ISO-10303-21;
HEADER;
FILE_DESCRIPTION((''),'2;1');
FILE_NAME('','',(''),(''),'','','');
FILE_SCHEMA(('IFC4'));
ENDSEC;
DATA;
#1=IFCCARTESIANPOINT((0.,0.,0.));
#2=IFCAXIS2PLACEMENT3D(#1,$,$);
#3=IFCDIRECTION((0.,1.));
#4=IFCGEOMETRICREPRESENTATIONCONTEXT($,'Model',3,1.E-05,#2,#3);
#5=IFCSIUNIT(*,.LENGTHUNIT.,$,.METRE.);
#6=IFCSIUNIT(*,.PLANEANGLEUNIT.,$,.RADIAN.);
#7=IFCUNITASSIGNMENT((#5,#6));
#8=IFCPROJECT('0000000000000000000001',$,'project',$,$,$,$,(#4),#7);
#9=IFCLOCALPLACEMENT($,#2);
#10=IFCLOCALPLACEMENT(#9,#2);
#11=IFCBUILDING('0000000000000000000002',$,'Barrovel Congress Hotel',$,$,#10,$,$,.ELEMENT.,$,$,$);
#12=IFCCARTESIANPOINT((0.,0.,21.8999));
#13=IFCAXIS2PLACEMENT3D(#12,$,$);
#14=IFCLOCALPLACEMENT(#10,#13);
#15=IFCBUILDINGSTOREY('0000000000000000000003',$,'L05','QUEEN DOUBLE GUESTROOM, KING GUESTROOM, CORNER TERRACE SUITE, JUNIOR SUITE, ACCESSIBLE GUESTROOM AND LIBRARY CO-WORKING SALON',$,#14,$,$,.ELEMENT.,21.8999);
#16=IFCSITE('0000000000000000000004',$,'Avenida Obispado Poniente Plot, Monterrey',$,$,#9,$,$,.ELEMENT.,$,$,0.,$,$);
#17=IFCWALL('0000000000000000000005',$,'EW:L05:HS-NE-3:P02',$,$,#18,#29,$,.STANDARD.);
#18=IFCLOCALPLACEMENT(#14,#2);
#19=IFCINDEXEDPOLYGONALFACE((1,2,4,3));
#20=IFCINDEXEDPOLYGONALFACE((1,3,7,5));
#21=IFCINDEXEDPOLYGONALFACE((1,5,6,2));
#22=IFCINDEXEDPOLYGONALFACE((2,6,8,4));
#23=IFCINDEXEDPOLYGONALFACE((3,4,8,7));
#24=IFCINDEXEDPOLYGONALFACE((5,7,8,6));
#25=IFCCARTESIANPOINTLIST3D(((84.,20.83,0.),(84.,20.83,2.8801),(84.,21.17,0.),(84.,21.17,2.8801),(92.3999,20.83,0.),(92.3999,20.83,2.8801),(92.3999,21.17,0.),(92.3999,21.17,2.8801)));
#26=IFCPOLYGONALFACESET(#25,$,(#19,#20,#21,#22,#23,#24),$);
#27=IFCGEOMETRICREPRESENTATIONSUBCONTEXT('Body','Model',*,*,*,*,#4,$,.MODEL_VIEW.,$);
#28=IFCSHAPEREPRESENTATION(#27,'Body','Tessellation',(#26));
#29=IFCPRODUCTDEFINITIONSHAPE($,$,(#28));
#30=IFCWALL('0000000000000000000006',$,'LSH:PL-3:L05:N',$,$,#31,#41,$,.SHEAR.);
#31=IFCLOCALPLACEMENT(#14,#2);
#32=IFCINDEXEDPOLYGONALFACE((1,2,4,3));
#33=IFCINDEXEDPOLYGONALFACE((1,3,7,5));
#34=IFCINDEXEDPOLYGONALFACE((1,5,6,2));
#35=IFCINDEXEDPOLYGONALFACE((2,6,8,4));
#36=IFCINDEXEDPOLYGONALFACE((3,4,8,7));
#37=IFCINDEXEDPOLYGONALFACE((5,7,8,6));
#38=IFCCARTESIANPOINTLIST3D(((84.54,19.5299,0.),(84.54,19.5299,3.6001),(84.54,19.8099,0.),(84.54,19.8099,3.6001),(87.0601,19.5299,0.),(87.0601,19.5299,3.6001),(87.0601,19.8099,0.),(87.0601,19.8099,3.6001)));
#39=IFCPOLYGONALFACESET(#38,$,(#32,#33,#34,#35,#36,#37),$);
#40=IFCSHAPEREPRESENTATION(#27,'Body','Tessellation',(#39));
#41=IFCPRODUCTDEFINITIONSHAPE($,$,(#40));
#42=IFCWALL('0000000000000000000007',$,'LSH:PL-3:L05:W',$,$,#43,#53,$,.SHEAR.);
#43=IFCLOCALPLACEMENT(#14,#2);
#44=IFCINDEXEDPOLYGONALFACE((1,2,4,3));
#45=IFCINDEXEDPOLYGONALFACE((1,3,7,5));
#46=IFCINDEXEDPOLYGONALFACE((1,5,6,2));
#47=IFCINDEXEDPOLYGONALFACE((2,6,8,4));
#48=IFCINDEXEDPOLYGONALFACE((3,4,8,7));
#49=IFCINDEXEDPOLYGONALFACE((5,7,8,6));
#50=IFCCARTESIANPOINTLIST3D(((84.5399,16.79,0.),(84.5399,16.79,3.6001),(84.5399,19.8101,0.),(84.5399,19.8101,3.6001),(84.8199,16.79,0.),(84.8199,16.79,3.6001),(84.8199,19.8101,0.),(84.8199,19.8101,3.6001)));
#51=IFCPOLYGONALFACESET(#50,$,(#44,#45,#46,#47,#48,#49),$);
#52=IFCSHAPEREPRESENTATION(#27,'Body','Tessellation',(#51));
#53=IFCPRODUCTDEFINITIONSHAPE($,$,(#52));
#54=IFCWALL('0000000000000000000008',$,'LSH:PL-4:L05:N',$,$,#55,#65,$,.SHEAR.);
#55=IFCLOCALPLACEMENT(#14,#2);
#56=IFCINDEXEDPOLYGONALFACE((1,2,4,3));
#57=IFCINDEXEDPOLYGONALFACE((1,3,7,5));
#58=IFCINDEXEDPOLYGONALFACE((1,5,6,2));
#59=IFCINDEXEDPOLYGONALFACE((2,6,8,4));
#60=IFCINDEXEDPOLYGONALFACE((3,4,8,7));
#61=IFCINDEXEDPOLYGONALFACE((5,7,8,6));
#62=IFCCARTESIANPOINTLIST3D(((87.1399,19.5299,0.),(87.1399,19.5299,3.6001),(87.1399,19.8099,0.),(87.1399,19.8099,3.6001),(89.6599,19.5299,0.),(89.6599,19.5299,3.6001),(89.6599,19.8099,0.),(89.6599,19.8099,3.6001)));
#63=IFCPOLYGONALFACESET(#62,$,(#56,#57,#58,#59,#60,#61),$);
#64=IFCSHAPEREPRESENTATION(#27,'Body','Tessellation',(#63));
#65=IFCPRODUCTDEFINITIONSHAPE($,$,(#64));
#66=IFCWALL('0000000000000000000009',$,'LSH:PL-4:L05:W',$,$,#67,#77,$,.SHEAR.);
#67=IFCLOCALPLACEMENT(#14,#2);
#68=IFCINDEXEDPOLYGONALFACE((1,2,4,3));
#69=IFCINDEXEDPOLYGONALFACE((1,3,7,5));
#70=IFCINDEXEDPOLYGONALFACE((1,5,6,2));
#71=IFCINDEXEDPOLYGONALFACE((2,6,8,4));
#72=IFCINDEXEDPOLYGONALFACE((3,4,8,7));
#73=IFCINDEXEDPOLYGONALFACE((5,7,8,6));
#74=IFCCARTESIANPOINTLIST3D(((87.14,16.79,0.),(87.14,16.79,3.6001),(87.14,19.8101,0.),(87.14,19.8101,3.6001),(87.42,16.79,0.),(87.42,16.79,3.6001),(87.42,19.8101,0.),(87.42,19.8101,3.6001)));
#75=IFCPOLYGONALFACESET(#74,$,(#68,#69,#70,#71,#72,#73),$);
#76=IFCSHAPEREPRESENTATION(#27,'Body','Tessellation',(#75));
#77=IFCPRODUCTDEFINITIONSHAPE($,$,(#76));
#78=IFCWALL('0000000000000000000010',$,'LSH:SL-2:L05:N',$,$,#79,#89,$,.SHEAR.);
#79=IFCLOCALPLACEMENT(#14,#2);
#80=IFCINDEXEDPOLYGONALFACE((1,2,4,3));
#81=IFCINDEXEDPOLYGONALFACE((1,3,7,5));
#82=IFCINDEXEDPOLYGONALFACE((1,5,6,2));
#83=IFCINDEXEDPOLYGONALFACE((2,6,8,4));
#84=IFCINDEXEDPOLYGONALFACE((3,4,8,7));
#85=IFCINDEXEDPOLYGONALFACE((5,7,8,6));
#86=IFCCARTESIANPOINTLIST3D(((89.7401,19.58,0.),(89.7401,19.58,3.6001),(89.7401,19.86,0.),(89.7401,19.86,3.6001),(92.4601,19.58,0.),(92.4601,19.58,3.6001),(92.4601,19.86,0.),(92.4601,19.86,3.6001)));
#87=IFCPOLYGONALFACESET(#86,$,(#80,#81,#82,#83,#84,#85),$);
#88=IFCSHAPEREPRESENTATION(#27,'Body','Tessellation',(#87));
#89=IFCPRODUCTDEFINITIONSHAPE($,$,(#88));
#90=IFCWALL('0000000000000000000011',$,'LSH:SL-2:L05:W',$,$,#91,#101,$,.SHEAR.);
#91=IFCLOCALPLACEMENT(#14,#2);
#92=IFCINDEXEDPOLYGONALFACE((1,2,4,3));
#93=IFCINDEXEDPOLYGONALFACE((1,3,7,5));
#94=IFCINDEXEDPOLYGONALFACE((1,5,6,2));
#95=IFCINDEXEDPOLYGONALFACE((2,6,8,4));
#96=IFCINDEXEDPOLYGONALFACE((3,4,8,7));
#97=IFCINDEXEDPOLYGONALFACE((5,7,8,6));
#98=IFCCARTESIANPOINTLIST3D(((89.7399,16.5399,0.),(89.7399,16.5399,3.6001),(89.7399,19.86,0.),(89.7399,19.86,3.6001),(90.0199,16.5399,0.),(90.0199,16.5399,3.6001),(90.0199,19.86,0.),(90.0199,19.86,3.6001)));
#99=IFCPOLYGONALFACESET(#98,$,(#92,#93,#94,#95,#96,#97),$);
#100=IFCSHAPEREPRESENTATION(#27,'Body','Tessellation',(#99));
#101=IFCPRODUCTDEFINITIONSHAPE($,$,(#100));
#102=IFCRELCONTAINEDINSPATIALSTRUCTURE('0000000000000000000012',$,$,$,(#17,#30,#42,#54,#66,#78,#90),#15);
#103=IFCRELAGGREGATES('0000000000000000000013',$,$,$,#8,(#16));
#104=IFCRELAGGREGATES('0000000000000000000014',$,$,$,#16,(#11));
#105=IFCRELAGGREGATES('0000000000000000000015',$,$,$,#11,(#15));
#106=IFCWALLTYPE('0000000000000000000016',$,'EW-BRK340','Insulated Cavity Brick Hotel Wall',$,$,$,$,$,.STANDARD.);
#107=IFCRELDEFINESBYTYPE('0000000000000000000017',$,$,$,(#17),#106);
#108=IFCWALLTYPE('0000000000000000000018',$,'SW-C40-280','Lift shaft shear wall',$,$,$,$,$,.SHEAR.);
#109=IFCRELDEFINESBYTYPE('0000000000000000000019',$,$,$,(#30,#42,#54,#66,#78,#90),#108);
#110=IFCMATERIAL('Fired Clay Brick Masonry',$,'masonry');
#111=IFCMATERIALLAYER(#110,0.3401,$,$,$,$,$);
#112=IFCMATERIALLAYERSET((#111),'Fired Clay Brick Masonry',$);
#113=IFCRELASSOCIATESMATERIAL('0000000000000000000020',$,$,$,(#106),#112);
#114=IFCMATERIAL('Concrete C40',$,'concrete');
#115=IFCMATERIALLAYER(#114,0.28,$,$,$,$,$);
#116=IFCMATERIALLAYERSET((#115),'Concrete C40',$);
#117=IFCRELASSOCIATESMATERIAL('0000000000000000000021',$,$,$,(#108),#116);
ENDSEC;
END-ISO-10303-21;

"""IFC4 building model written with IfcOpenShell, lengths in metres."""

from ifc_helpers import new_model, si_unit, direction, frame, frame_2d, origin, place, context, subcontext, project, spatial, rectangle, extrude, material, layer, layer_set, type_object, element, save


model = new_model("IFC4")

# Units and contexts
model_context = context("Model", 3, precision=1e-05, world=origin(), true_north=direction((0.0, 1.0)))
body_context = subcontext(model_context, "Body", "Model", "MODEL_VIEW")
ifc_project = project(units=[si_unit("LENGTHUNIT", "METRE"), si_unit("PLANEANGLEUNIT", "RADIAN")], contexts=[model_context])

# Site, building, storey
site_placement = place(None, origin())
site = spatial("IfcSite", under=ifc_project, at=site_placement, Name="Avenida Obispado Poniente Plot, Monterrey", CompositionType="ELEMENT", RefElevation=0.0)
building_placement = place(site_placement, origin())
building = spatial("IfcBuilding", under=site, at=building_placement, Name="Barrovel Congress Hotel", CompositionType="ELEMENT")
storey_placement = place(building_placement, frame((0.0, 0.0, 21.8999)))
storey = spatial("IfcBuildingStorey", under=building, at=storey_placement, Name="L05", Description="QUEEN DOUBLE GUESTROOM, KING GUESTROOM, CORNER TERRACE SUITE, JUNIOR SUITE, ACCESSIBLE GUESTROOM AND LIBRARY CO-WORKING SALON", CompositionType="ELEMENT", Elevation=21.8999)

# Shared definitions
ifc_material_1 = material(Name="Concrete C40", Category="concrete")

# Walls
ifc_material_2 = material(Name="Fired Clay Brick Masonry", Category="masonry")
ifc_layer_1 = layer(ifc_material_2, 0.3401)
ifc_layer_set_1 = layer_set([ifc_layer_1], Name="Fired Clay Brick Masonry")
wall_type_1 = type_object("IfcWallType", Name="EW-BRK340", Description="Insulated Cavity Brick Hotel Wall", PredefinedType="STANDARD", material=ifc_layer_set_1)
wall_1_placement = place(storey_placement, frame((92.3999, 21.0, 0.0), z_axis=(0.0, 0.0, 1.0), x_axis=(-1.0, 0.0, 0.0)))
element("IfcWall", 1, at=wall_1_placement, inside=storey, type_object=wall_type_1, Name="EW:L05:HS-NE-3:P02", PredefinedType="STANDARD", context=body_context, shape_type="SweptSolid", body=[
    extrude(rectangle(XDim=8.3999, YDim=0.3401, at=frame_2d((4.2, 0.0))), origin(), (0.0, 0.0, 1.0), 2.8801),
])
ifc_layer_2 = layer(ifc_material_1, 0.28)
ifc_layer_set_2 = layer_set([ifc_layer_2], Name="Concrete C40")
wall_type_2 = type_object("IfcWallType", Name="SW-C40-280", Description="Lift shaft shear wall", PredefinedType="SHEAR", material=ifc_layer_set_2)
wall_2_placement = place(storey_placement, frame((87.0601, 19.6699, 0.0), z_axis=(0.0, 0.0, 1.0), x_axis=(-1.0, 0.0, 0.0)))
element("IfcWall", 2, at=wall_2_placement, inside=storey, type_object=wall_type_2, Name="LSH:PL-3:L05:N", PredefinedType="SHEAR", context=body_context, shape_type="SweptSolid", body=[
    extrude(rectangle(XDim=2.52, YDim=0.28, at=frame_2d((1.26, 0.0))), origin(), (0.0, 0.0, 1.0), 3.6001),
])
wall_3_placement = place(storey_placement, frame((84.6799, 19.8101, 0.0), z_axis=(0.0, 0.0, 1.0), x_axis=(0.0, -1.0, 0.0)))
element("IfcWall", 3, at=wall_3_placement, inside=storey, type_object=wall_type_2, Name="LSH:PL-3:L05:W", PredefinedType="SHEAR", context=body_context, shape_type="SweptSolid", body=[
    extrude(rectangle(XDim=3.02, YDim=0.28, at=frame_2d((1.51, 0.0))), origin(), (0.0, 0.0, 1.0), 3.6001),
])
wall_4_placement = place(storey_placement, frame((89.6599, 19.6699, 0.0), z_axis=(0.0, 0.0, 1.0), x_axis=(-1.0, 0.0, 0.0)))
element("IfcWall", 4, at=wall_4_placement, inside=storey, type_object=wall_type_2, Name="LSH:PL-4:L05:N", PredefinedType="SHEAR", context=body_context, shape_type="SweptSolid", body=[
    extrude(rectangle(XDim=2.52, YDim=0.28, at=frame_2d((1.26, 0.0))), origin(), (0.0, 0.0, 1.0), 3.6001),
])
wall_5_placement = place(storey_placement, frame((87.28, 19.8101, 0.0), z_axis=(0.0, 0.0, 1.0), x_axis=(0.0, -1.0, 0.0)))
element("IfcWall", 5, at=wall_5_placement, inside=storey, type_object=wall_type_2, Name="LSH:PL-4:L05:W", PredefinedType="SHEAR", context=body_context, shape_type="SweptSolid", body=[
    extrude(rectangle(XDim=3.02, YDim=0.28, at=frame_2d((1.51, 0.0))), origin(), (0.0, 0.0, 1.0), 3.6001),
])
wall_6_placement = place(storey_placement, frame((92.46, 19.72, 0.0), z_axis=(0.0, 0.0, 1.0), x_axis=(-1.0, 0.0, 0.0)))
element("IfcWall", 6, at=wall_6_placement, inside=storey, type_object=wall_type_2, Name="LSH:SL-2:L05:N", PredefinedType="SHEAR", context=body_context, shape_type="SweptSolid", body=[
    extrude(rectangle(XDim=2.72, YDim=0.28, at=frame_2d((1.3599, 0.0))), origin(), (0.0, 0.0, 1.0), 3.6001),
])
wall_7_placement = place(storey_placement, frame((89.8799, 19.8601, 0.0), z_axis=(0.0, 0.0, 1.0), x_axis=(0.0, -1.0, 0.0)))
element("IfcWall", 7, at=wall_7_placement, inside=storey, type_object=wall_type_2, Name="LSH:SL-2:L05:W", PredefinedType="SHEAR", context=body_context, shape_type="SweptSolid", body=[
    extrude(rectangle(XDim=3.3201, YDim=0.28, at=frame_2d((1.6602, 0.0))), origin(), (0.0, 0.0, 1.0), 3.6001),
])

save(model, "model.ifc")
